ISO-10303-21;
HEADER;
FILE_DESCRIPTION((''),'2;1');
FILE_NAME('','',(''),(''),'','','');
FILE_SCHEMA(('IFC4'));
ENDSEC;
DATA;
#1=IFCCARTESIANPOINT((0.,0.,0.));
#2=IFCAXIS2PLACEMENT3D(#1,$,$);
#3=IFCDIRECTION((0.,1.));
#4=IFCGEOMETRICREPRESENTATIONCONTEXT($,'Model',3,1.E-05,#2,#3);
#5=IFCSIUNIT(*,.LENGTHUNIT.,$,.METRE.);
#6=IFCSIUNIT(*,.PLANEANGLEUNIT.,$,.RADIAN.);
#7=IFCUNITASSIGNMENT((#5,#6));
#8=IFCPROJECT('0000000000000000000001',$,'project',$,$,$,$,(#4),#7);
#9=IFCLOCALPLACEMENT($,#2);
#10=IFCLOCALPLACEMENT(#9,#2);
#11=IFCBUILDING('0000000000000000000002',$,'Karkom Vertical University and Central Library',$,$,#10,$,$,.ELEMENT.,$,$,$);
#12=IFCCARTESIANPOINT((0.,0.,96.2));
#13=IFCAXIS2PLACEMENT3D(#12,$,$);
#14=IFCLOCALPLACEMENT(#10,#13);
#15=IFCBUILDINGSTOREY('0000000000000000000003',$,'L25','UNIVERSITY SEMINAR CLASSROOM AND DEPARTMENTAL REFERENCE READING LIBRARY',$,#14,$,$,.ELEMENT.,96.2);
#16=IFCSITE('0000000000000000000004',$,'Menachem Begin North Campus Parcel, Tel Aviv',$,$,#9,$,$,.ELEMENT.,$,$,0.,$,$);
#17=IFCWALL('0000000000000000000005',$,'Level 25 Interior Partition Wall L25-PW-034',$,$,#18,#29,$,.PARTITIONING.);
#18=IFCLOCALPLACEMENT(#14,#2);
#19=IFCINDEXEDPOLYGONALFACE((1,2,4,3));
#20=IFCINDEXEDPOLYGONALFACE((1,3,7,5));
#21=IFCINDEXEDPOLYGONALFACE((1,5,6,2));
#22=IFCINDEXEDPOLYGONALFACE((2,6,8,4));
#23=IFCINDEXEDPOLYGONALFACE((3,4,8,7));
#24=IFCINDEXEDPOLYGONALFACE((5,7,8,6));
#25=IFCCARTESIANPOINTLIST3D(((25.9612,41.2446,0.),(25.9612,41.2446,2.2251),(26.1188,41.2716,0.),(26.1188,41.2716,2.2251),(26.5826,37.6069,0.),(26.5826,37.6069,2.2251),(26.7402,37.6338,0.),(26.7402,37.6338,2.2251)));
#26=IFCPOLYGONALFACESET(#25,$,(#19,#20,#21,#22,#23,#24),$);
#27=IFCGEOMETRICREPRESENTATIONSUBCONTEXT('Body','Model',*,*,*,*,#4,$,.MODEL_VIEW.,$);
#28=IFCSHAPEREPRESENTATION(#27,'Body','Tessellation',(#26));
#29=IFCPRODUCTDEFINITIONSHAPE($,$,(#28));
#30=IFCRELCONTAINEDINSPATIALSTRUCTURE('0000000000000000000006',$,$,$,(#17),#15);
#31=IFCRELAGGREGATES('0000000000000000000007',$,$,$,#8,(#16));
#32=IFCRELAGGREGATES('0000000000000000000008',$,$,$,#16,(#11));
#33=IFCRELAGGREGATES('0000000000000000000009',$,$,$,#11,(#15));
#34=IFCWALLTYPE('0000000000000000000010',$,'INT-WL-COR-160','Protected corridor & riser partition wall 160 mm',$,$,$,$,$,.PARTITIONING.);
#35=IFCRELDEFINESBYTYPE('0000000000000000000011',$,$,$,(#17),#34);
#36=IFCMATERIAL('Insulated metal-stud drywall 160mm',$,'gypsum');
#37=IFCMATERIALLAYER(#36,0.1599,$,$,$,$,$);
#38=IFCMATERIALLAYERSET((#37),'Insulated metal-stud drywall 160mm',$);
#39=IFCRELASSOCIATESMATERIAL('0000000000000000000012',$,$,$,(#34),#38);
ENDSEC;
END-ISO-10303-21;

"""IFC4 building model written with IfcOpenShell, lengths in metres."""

from ifc_helpers import new_model, si_unit, direction, frame, frame_2d, origin, place, context, subcontext, project, spatial, rectangle, extrude, material, layer, layer_set, type_object, element, save


model = new_model("IFC4")

# Units and contexts
model_context = context("Model", 3, precision=1e-05, world=origin(), true_north=direction((0.0, 1.0)))
body_context = subcontext(model_context, "Body", "Model", "MODEL_VIEW")
ifc_project = project(units=[si_unit("LENGTHUNIT", "METRE"), si_unit("PLANEANGLEUNIT", "RADIAN")], contexts=[model_context])

# Site, building, storey
site_placement = place(None, origin())
site = spatial("IfcSite", under=ifc_project, at=site_placement, Name="Menachem Begin North Campus Parcel, Tel Aviv", CompositionType="ELEMENT", RefElevation=0.0)
building_placement = place(site_placement, origin())
building = spatial("IfcBuilding", under=site, at=building_placement, Name="Karkom Vertical University and Central Library", CompositionType="ELEMENT")
storey_placement = place(building_placement, frame((0.0, 0.0, 96.2)))
storey = spatial("IfcBuildingStorey", under=building, at=storey_placement, Name="L25", Description="UNIVERSITY SEMINAR CLASSROOM AND DEPARTMENTAL REFERENCE READING LIBRARY", CompositionType="ELEMENT", Elevation=96.2)

# Shared definitions
ifc_material_1 = material(Name="Insulated metal-stud drywall 160mm", Category="gypsum")
ifc_layer_1 = layer(ifc_material_1, 0.1599)
ifc_layer_set_1 = layer_set([ifc_layer_1], Name="Insulated metal-stud drywall 160mm")
wall_type_1 = type_object("IfcWallType", Name="INT-WL-COR-160", Description="Protected corridor & riser partition wall 160 mm", PredefinedType="PARTITIONING", material=ifc_layer_set_1)

# Wall
wall_1_placement = place(storey_placement, frame((26.6614, 37.6204, 0.0), z_axis=(0.0, 0.0, 1.0), x_axis=(-0.168367, 0.985724, 0.0)))
element("IfcWall", 1, at=wall_1_placement, inside=storey, type_object=wall_type_1, Name="Level 25 Interior Partition Wall L25-PW-034", PredefinedType="PARTITIONING", context=body_context, shape_type="SweptSolid", body=[
    extrude(rectangle(XDim=3.6904, YDim=0.1599, at=frame_2d((1.8452, 0.0))), origin(), (0.0, 0.0, 1.0), 2.2251),
])

save(model, "model.ifc")
